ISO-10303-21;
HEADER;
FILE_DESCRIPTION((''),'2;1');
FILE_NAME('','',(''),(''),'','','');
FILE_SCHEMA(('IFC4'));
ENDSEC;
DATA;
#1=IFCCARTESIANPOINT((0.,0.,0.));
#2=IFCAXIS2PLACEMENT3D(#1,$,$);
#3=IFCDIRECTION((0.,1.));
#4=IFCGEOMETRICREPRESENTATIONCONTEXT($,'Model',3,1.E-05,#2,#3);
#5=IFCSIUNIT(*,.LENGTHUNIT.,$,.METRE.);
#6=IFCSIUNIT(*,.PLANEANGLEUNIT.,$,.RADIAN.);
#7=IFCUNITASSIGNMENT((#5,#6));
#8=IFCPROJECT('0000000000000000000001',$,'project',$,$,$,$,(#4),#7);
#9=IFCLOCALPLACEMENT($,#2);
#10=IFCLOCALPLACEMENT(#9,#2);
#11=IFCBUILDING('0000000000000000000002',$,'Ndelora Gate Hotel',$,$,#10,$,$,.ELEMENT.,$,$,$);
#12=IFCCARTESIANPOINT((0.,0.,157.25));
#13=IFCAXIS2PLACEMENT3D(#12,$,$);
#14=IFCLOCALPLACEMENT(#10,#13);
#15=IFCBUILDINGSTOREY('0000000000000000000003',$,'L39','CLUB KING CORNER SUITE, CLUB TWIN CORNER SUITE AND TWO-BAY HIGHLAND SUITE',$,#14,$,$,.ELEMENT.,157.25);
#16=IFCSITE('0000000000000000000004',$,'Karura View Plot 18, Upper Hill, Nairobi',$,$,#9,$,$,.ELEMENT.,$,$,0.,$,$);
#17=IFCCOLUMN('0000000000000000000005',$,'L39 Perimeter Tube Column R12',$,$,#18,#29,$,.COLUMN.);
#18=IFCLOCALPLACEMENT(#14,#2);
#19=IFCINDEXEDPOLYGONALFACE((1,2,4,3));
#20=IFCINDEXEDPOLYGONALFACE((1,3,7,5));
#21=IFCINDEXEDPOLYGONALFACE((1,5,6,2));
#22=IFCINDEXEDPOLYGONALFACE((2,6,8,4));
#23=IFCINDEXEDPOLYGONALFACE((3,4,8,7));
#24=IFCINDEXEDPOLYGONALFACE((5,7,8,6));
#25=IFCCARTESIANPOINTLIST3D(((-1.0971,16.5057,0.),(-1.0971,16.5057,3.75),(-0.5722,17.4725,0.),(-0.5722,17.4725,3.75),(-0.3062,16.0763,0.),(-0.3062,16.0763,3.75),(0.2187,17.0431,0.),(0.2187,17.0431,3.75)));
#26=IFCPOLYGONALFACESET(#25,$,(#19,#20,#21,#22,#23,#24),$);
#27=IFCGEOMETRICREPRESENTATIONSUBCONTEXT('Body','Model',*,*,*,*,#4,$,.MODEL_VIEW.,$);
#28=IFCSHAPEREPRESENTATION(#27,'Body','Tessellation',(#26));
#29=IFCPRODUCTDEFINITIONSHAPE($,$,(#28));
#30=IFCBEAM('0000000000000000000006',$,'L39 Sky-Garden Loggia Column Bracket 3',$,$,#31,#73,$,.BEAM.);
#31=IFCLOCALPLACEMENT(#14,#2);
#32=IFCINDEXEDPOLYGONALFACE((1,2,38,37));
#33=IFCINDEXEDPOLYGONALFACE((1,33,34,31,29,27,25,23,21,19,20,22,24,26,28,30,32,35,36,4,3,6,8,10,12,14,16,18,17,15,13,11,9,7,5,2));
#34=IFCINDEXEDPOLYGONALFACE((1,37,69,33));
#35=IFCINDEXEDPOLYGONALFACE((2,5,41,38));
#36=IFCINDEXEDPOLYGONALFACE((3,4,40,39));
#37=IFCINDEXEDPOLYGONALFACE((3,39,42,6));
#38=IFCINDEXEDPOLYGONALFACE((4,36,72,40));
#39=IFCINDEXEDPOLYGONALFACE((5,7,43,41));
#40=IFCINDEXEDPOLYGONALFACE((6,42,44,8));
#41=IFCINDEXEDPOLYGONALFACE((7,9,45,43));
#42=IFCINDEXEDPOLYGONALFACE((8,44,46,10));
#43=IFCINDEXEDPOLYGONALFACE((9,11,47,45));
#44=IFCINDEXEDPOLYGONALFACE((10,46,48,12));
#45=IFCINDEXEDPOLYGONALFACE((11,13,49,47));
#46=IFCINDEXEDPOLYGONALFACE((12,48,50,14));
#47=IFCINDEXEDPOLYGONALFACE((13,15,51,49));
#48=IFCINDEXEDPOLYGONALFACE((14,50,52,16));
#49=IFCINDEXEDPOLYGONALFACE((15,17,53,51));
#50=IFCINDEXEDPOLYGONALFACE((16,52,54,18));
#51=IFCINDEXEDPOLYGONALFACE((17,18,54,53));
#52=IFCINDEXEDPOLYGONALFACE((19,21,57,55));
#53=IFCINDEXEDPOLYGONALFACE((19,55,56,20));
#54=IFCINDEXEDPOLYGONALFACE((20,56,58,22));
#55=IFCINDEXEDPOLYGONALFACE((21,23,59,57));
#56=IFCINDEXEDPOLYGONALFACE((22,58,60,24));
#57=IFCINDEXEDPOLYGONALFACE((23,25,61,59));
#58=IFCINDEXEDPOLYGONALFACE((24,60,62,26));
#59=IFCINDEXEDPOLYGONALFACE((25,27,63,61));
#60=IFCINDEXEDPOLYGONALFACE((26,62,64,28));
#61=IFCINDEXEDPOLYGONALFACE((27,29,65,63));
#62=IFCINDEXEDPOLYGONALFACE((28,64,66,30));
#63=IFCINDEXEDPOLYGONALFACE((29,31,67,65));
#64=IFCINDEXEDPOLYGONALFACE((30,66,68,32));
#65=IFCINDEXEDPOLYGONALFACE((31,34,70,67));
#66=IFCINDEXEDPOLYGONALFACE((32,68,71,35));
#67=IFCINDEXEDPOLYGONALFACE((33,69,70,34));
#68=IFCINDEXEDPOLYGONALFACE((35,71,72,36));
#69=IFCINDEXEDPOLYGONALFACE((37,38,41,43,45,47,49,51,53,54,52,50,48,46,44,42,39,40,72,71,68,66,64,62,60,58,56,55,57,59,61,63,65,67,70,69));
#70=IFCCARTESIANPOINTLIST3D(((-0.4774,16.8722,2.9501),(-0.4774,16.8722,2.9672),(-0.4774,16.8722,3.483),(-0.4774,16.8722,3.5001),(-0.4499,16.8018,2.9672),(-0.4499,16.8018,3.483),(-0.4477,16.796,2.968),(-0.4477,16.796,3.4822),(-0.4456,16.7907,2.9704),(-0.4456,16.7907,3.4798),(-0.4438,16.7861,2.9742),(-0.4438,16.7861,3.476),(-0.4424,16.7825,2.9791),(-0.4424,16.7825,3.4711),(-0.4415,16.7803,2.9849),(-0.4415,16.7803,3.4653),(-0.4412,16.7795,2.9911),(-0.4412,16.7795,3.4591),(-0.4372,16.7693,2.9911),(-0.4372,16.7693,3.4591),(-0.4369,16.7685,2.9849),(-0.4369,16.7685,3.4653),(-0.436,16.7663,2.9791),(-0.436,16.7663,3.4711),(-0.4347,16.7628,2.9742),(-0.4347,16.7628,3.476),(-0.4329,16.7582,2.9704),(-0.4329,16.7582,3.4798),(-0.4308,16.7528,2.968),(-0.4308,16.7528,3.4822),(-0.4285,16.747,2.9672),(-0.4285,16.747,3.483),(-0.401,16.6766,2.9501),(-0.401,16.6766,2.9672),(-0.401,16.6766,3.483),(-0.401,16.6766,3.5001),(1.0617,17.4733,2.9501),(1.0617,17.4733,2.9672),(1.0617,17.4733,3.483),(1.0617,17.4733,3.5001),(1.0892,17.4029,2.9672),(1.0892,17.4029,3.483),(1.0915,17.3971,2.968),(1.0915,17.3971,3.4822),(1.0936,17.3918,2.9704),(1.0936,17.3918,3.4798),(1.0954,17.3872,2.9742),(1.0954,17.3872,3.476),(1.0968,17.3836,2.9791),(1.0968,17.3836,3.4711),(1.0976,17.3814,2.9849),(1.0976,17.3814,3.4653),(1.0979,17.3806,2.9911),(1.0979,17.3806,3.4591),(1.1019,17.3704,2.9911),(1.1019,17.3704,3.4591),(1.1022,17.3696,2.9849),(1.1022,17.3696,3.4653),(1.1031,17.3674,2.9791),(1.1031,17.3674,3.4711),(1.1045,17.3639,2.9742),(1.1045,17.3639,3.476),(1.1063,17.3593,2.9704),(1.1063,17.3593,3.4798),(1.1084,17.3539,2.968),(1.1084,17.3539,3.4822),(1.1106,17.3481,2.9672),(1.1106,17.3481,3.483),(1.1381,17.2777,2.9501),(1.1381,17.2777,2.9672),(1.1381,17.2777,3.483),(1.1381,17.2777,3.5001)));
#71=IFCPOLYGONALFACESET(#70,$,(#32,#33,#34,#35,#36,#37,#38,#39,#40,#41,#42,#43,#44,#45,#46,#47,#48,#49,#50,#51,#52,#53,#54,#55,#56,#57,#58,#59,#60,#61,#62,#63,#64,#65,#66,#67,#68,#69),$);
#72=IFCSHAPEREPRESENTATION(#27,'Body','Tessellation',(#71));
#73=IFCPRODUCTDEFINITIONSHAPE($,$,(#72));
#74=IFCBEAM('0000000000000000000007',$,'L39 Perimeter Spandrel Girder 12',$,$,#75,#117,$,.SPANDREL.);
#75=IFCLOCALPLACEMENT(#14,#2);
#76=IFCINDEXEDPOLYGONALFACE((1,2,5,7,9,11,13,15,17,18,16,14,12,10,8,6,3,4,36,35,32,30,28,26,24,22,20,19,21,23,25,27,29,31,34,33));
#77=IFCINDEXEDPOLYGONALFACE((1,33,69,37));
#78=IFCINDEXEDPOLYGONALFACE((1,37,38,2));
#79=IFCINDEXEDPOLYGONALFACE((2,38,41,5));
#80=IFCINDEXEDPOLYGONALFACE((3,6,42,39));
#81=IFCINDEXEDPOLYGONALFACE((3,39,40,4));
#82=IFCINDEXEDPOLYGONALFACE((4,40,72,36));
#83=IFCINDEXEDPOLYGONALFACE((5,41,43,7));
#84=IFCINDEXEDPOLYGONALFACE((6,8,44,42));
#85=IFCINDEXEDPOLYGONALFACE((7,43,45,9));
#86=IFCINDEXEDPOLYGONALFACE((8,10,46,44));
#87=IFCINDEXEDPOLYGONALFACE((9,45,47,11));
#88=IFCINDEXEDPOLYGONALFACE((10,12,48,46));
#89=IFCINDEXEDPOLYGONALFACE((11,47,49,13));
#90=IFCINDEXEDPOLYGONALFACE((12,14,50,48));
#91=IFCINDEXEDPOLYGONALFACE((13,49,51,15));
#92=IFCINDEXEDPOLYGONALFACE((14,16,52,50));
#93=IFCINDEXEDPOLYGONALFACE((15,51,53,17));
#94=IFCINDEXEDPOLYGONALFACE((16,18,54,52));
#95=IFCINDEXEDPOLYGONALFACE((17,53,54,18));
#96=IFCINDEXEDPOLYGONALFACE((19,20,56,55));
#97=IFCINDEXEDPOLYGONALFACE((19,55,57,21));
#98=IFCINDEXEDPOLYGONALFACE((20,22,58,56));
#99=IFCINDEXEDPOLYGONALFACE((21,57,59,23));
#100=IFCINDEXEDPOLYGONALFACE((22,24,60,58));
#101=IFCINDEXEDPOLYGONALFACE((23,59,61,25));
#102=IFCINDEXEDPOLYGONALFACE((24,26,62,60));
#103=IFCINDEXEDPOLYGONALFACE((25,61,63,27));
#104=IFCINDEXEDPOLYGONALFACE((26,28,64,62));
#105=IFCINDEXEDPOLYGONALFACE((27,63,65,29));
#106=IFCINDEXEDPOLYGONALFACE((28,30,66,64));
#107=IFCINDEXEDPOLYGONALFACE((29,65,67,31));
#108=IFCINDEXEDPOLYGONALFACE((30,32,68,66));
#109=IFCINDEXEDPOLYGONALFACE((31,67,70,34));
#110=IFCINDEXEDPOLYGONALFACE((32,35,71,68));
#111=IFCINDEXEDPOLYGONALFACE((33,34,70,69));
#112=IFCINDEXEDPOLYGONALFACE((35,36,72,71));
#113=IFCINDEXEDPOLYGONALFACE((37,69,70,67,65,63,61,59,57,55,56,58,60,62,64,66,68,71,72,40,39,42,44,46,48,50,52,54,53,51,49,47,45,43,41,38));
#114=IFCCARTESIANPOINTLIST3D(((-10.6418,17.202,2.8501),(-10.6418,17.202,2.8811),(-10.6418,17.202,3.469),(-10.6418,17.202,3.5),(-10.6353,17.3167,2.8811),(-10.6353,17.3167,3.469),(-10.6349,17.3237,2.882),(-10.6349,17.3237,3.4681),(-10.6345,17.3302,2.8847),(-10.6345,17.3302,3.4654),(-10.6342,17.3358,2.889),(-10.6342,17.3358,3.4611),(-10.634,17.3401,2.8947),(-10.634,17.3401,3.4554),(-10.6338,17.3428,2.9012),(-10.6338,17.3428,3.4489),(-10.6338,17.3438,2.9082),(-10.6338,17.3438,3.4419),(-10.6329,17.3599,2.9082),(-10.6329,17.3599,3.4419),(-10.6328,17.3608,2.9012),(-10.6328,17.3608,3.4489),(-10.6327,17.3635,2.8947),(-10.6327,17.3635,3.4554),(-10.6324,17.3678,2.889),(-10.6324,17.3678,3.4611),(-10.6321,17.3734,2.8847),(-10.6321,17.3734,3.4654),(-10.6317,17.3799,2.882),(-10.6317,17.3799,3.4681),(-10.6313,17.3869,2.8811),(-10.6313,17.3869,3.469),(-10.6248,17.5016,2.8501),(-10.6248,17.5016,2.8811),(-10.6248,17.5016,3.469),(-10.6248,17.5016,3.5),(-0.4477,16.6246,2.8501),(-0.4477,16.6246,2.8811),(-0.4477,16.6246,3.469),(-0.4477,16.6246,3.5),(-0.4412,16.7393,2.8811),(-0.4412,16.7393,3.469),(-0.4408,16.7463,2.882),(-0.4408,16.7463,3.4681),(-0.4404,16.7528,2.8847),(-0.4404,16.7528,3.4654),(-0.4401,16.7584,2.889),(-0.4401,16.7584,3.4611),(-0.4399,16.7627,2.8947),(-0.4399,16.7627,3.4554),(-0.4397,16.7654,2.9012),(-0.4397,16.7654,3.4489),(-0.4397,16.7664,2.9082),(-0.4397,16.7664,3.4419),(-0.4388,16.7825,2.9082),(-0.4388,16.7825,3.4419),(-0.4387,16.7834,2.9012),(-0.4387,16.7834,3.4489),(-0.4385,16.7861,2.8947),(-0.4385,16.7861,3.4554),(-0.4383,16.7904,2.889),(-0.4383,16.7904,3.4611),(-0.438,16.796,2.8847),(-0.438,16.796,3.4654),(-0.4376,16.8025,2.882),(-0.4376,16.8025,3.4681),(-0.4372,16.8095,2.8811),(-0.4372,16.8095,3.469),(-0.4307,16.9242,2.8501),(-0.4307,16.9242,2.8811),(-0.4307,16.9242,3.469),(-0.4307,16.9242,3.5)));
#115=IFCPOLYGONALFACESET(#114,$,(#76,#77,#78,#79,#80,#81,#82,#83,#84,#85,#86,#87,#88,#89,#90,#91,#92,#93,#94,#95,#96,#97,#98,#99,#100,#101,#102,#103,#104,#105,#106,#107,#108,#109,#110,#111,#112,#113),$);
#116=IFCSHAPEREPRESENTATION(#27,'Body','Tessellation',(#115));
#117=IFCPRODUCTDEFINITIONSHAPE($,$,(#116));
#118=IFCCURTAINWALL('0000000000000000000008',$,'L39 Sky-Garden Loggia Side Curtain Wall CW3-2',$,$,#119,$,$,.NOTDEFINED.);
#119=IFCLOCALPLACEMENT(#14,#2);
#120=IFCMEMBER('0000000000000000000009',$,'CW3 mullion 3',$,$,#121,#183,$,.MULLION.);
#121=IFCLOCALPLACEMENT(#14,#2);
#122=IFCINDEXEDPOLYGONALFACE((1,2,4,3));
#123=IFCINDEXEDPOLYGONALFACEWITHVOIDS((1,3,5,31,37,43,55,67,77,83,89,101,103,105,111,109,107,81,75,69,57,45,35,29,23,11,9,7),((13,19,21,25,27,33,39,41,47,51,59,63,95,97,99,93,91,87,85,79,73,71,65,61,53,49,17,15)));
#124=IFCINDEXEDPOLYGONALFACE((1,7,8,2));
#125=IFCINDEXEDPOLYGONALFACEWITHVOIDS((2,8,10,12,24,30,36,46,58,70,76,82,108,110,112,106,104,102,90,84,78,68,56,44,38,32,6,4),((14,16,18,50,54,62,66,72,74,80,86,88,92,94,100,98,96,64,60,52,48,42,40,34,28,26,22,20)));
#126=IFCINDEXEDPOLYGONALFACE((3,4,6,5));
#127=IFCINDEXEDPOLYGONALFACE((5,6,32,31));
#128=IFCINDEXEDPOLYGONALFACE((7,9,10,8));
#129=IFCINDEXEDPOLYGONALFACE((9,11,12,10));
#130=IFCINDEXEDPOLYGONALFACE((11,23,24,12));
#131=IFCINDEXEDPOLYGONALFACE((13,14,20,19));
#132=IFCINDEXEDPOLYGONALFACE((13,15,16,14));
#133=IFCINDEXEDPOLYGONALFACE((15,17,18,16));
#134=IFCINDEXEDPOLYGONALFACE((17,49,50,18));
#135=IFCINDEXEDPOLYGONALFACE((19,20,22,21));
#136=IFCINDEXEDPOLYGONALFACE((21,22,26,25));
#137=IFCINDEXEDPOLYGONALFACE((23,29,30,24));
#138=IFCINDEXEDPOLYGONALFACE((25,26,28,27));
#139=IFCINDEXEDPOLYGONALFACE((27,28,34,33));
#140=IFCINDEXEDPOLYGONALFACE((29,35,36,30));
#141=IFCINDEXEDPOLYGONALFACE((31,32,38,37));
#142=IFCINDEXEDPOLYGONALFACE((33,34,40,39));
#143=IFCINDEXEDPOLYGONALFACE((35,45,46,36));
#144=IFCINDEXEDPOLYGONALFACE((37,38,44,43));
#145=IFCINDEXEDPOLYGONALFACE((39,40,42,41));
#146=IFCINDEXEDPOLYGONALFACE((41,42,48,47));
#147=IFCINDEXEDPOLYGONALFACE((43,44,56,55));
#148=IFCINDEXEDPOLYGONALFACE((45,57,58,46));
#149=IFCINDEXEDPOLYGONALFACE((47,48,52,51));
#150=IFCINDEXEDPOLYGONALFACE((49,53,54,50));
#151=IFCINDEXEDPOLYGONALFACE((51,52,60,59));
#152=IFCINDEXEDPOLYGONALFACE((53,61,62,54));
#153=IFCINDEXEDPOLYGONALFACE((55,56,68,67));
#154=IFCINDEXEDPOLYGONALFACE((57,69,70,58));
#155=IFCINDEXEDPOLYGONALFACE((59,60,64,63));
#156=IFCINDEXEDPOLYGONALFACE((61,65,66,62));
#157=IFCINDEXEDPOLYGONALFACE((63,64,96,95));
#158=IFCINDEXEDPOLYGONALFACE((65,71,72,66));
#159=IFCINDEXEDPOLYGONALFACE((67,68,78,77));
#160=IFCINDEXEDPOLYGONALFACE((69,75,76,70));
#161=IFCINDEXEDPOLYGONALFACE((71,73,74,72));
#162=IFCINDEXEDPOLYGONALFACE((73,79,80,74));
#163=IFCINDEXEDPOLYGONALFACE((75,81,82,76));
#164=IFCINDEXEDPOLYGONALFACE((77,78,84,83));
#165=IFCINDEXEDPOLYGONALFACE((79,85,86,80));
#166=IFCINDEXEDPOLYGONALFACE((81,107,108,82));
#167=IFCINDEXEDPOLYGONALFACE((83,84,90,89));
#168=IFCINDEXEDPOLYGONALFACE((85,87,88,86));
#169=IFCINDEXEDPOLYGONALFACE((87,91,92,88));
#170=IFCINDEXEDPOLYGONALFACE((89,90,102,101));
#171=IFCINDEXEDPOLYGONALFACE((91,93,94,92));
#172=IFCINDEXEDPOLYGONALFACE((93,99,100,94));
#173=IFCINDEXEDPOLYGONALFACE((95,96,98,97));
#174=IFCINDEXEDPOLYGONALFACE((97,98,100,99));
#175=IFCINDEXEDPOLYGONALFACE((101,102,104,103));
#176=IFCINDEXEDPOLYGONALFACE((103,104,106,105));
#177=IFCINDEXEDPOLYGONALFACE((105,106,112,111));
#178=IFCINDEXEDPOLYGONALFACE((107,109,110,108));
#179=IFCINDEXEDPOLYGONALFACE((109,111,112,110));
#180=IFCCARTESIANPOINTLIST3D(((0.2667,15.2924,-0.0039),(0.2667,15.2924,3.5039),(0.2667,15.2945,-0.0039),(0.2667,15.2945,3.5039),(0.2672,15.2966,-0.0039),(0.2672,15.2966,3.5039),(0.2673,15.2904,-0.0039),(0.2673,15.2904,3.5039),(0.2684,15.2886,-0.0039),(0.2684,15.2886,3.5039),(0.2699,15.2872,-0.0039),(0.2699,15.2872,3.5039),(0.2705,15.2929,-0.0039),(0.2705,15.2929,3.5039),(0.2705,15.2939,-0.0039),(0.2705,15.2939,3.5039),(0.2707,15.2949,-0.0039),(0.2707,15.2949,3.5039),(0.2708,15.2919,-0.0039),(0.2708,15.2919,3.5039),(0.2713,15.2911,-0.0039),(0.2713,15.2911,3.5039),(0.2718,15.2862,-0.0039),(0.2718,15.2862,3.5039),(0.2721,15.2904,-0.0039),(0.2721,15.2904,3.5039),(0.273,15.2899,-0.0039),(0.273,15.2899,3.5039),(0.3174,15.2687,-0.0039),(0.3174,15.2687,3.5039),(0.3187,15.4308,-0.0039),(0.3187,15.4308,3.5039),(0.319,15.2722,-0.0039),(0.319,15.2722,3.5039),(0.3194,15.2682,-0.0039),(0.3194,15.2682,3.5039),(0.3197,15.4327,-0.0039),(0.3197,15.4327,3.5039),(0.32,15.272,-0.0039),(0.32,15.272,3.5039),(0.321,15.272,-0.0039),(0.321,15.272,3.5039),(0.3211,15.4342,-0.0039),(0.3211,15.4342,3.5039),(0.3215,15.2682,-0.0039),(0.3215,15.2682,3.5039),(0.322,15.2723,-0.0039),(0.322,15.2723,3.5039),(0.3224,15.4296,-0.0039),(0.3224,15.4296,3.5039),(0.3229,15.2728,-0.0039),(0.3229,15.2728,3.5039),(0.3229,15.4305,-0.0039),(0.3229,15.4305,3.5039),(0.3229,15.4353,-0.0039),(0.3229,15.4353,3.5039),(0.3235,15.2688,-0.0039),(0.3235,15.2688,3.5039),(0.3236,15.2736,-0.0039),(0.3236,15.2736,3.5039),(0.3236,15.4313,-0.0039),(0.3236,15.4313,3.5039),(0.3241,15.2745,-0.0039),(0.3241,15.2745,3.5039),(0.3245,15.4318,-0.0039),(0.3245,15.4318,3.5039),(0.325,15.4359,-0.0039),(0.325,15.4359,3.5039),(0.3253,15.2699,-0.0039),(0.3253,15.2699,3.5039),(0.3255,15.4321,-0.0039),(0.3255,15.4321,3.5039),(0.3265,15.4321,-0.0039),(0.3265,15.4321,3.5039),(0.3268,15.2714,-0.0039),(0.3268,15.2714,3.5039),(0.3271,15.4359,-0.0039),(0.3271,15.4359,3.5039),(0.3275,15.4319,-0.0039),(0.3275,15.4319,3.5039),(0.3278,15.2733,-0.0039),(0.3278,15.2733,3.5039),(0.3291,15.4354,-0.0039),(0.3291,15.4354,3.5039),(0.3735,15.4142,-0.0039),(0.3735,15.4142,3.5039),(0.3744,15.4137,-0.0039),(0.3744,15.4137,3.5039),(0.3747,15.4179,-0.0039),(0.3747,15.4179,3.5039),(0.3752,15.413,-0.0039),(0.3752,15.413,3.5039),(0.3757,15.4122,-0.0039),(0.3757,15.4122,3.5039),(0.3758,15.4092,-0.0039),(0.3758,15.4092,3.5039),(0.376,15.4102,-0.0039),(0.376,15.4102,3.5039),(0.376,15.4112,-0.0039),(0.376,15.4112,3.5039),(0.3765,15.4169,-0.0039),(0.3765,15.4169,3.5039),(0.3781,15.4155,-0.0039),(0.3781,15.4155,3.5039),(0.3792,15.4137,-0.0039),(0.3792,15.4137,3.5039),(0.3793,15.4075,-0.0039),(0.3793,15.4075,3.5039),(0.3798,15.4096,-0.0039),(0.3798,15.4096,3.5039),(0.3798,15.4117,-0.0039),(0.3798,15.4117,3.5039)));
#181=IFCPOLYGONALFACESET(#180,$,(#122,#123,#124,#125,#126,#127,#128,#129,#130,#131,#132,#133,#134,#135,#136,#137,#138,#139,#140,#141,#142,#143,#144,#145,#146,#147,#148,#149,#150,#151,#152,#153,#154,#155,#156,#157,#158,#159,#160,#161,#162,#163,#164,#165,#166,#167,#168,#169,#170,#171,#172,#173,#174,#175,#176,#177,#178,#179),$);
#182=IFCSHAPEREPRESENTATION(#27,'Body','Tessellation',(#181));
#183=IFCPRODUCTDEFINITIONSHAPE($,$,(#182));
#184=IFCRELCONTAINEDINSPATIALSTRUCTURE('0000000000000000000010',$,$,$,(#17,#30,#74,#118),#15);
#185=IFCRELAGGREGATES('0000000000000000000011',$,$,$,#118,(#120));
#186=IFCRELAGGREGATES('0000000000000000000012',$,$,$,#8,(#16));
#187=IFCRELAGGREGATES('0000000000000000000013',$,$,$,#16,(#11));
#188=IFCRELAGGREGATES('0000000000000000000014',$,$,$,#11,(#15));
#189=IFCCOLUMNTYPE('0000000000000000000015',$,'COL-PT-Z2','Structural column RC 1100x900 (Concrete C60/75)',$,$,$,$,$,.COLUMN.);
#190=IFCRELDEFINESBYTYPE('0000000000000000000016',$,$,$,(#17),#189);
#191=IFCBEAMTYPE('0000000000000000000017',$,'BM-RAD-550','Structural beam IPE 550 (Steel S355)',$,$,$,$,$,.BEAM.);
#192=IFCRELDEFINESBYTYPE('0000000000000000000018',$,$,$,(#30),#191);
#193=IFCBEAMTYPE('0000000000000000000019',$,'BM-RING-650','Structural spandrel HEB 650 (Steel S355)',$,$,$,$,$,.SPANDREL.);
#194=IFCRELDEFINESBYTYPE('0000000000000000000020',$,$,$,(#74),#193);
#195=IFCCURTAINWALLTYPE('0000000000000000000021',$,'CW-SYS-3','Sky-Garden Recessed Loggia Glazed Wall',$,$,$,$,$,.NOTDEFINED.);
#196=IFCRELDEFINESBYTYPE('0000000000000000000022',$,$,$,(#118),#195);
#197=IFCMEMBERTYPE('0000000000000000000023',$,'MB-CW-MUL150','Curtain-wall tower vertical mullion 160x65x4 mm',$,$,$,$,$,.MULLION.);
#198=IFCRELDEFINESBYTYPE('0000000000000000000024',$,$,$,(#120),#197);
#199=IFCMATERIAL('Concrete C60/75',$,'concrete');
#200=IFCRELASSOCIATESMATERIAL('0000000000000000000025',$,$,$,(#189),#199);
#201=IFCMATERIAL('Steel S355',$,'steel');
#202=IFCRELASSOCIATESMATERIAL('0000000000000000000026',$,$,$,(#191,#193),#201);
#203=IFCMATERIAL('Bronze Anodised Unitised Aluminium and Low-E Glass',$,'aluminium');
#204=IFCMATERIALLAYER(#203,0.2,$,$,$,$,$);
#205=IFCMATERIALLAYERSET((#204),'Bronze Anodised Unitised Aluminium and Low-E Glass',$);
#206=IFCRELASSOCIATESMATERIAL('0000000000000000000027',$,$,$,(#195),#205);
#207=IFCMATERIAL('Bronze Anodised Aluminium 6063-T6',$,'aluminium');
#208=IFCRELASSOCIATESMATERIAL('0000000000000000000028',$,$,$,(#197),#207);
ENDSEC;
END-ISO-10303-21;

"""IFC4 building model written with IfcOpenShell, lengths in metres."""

from ifc_helpers import new_model, si_unit, direction, frame, origin, origin_2d, place, context, subcontext, project, spatial, rectangle, hollow_rectangle, i_section, extrude, material, layer, layer_set, material_profile, profile_set, type_object, element, aggregate, save


model = new_model("IFC4")

# Units and contexts
model_context = context("Model", 3, precision=1e-05, world=origin(), true_north=direction((0.0, 1.0)))
body_context = subcontext(model_context, "Body", "Model", "MODEL_VIEW")
ifc_project = project(units=[si_unit("LENGTHUNIT", "METRE"), si_unit("PLANEANGLEUNIT", "RADIAN")], contexts=[model_context])

# Site, building, storey
site_placement = place(None, origin())
site = spatial("IfcSite", under=ifc_project, at=site_placement, Name="Karura View Plot 18, Upper Hill, Nairobi", CompositionType="ELEMENT", RefElevation=0.0)
building_placement = place(site_placement, origin())
building = spatial("IfcBuilding", under=site, at=building_placement, Name="Ndelora Gate Hotel", CompositionType="ELEMENT")
storey_placement = place(building_placement, frame((0.0, 0.0, 157.25)))
storey = spatial("IfcBuildingStorey", under=building, at=storey_placement, Name="L39", Description="CLUB KING CORNER SUITE, CLUB TWIN CORNER SUITE AND TWO-BAY HIGHLAND SUITE", CompositionType="ELEMENT", Elevation=157.25)

# Column
ifc_material_1 = material(Name="Concrete C60/75", Category="concrete")
ifc_material_profile_1 = material_profile(ifc_material_1, rectangle(XDim=0.8999, YDim=1.1001, at=origin_2d()), Name="RC 1100x900")
ifc_profile_set_1 = profile_set([ifc_material_profile_1], Name="Concrete C60/75")
column_type = type_object("IfcColumnType", Name="COL-PT-Z2", Description="Structural column RC 1100x900 (Concrete C60/75)", PredefinedType="COLUMN", material=ifc_profile_set_1)
column_placement = place(storey_placement, frame((-0.4392, 16.7744, 0.0), z_axis=(0.0, 0.0, 1.0), x_axis=(-0.878817, 0.477159, 0.0)))
element("IfcColumn", 1, at=column_placement, inside=storey, type_object=column_type, Name="L39 Perimeter Tube Column R12", PredefinedType="COLUMN", context=body_context, shape_type="SweptSolid", body=[
    extrude(rectangle(XDim=0.8999, YDim=1.1001, at=origin_2d()), origin(), (0.0, 0.0, 1.0), 3.75),
])

# Beams
ifc_material_2 = material(Name="Steel S355", Category="steel")
ifc_material_profile_2 = material_profile(ifc_material_2, i_section(OverallWidth=0.21, OverallDepth=0.55, WebThickness=0.011, FlangeThickness=0.0171, FilletRadius=0.0239, at=origin_2d()), Name="IPE 550")
ifc_profile_set_2 = profile_set([ifc_material_profile_2], Name="Steel S355")
beam_type_1 = type_object("IfcBeamType", Name="BM-RAD-550", Description="Structural beam IPE 550 (Steel S355)", PredefinedType="BEAM", material=ifc_profile_set_2)
beam_1_placement = place(storey_placement, frame((-0.4392, 16.7744, 3.2251), z_axis=(0.931482, 0.363786, 0.0), x_axis=(-0.363786, 0.931482, 0.0)))
element("IfcBeam", 2, at=beam_1_placement, inside=storey, type_object=beam_type_1, Name="L39 Sky-Garden Loggia Column Bracket 3", PredefinedType="BEAM", context=body_context, shape_type="SweptSolid", body=[
    extrude(i_section(OverallWidth=0.21, OverallDepth=0.55, WebThickness=0.011, FlangeThickness=0.0171, FilletRadius=0.0239, at=origin_2d()), origin(), (0.0, 0.0, 1.0), 1.6523),
])
ifc_material_profile_3 = material_profile(ifc_material_2, i_section(OverallWidth=0.3, OverallDepth=0.6499, WebThickness=0.0161, FlangeThickness=0.031, FilletRadius=0.0271, at=origin_2d()), Name="HEB 650")
ifc_profile_set_3 = profile_set([ifc_material_profile_3], Name="Steel S355")
beam_type_2 = type_object("IfcBeamType", Name="BM-RING-650", Description="Structural spandrel HEB 650 (Steel S355)", PredefinedType="SPANDREL", material=ifc_profile_set_3)
beam_2_placement = place(storey_placement, frame((-0.4392, 16.7744, 3.175), z_axis=(-0.9984, 0.056549, 0.0), x_axis=(-0.056549, -0.9984, 0.0)))
element("IfcBeam", 3, at=beam_2_placement, inside=storey, type_object=beam_type_2, Name="L39 Perimeter Spandrel Girder 12", PredefinedType="SPANDREL", context=body_context, shape_type="SweptSolid", body=[
    extrude(i_section(OverallWidth=0.3, OverallDepth=0.6499, WebThickness=0.0161, FlangeThickness=0.031, FilletRadius=0.0271, at=origin_2d()), origin(), (0.0, 0.0, 1.0), 10.2104),
])

# Curtain wall, member
ifc_material_3 = material(Name="Bronze Anodised Unitised Aluminium and Low-E Glass", Category="aluminium")
ifc_layer_1 = layer(ifc_material_3, 0.2)
ifc_layer_set_1 = layer_set([ifc_layer_1], Name="Bronze Anodised Unitised Aluminium and Low-E Glass")
curtain_wall_type = type_object("IfcCurtainWallType", Name="CW-SYS-3", Description="Sky-Garden Recessed Loggia Glazed Wall", PredefinedType="NOTDEFINED", material=ifc_layer_set_1)
curtain_wall_placement = place(storey_placement, origin())
curtain_wall = element("IfcCurtainWall", 4, at=curtain_wall_placement, inside=storey, type_object=curtain_wall_type, Name="L39 Sky-Garden Loggia Side Curtain Wall CW3-2", PredefinedType="NOTDEFINED")
ifc_material_4 = material(Name="Bronze Anodised Aluminium 6063-T6", Category="aluminium")
ifc_material_profile_4 = material_profile(ifc_material_4, hollow_rectangle(XDim=0.0649, YDim=0.1599, WallThickness=0.0039, InnerFilletRadius=0.0039, OuterFilletRadius=0.0081, at=origin_2d()), Name="ALU 160x65x4")
ifc_profile_set_4 = profile_set([ifc_material_profile_4], Name="Bronze Anodised Aluminium 6063-T6")
member_type = type_object("IfcMemberType", Name="MB-CW-MUL150", Description="Curtain-wall tower vertical mullion 160x65x4 mm", PredefinedType="MULLION", material=ifc_profile_set_4)
member_placement = place(storey_placement, frame((0.3232, 15.3521, -0.0039), z_axis=(0.0, 0.0, 1.0), x_axis=(0.933577, -0.358376, 0.0)))
member = element("IfcMember", 5, at=member_placement, type_object=member_type, Name="CW3 mullion 3", PredefinedType="MULLION", context=body_context, shape_type="SweptSolid", body=[
    extrude(hollow_rectangle(XDim=0.0649, YDim=0.1599, WallThickness=0.0039, InnerFilletRadius=0.0039, OuterFilletRadius=0.0081, at=origin_2d()), origin(), (0.0, 0.0, 1.0), 3.5078),
])
aggregate(curtain_wall, [member])

save(model, "model.ifc")
